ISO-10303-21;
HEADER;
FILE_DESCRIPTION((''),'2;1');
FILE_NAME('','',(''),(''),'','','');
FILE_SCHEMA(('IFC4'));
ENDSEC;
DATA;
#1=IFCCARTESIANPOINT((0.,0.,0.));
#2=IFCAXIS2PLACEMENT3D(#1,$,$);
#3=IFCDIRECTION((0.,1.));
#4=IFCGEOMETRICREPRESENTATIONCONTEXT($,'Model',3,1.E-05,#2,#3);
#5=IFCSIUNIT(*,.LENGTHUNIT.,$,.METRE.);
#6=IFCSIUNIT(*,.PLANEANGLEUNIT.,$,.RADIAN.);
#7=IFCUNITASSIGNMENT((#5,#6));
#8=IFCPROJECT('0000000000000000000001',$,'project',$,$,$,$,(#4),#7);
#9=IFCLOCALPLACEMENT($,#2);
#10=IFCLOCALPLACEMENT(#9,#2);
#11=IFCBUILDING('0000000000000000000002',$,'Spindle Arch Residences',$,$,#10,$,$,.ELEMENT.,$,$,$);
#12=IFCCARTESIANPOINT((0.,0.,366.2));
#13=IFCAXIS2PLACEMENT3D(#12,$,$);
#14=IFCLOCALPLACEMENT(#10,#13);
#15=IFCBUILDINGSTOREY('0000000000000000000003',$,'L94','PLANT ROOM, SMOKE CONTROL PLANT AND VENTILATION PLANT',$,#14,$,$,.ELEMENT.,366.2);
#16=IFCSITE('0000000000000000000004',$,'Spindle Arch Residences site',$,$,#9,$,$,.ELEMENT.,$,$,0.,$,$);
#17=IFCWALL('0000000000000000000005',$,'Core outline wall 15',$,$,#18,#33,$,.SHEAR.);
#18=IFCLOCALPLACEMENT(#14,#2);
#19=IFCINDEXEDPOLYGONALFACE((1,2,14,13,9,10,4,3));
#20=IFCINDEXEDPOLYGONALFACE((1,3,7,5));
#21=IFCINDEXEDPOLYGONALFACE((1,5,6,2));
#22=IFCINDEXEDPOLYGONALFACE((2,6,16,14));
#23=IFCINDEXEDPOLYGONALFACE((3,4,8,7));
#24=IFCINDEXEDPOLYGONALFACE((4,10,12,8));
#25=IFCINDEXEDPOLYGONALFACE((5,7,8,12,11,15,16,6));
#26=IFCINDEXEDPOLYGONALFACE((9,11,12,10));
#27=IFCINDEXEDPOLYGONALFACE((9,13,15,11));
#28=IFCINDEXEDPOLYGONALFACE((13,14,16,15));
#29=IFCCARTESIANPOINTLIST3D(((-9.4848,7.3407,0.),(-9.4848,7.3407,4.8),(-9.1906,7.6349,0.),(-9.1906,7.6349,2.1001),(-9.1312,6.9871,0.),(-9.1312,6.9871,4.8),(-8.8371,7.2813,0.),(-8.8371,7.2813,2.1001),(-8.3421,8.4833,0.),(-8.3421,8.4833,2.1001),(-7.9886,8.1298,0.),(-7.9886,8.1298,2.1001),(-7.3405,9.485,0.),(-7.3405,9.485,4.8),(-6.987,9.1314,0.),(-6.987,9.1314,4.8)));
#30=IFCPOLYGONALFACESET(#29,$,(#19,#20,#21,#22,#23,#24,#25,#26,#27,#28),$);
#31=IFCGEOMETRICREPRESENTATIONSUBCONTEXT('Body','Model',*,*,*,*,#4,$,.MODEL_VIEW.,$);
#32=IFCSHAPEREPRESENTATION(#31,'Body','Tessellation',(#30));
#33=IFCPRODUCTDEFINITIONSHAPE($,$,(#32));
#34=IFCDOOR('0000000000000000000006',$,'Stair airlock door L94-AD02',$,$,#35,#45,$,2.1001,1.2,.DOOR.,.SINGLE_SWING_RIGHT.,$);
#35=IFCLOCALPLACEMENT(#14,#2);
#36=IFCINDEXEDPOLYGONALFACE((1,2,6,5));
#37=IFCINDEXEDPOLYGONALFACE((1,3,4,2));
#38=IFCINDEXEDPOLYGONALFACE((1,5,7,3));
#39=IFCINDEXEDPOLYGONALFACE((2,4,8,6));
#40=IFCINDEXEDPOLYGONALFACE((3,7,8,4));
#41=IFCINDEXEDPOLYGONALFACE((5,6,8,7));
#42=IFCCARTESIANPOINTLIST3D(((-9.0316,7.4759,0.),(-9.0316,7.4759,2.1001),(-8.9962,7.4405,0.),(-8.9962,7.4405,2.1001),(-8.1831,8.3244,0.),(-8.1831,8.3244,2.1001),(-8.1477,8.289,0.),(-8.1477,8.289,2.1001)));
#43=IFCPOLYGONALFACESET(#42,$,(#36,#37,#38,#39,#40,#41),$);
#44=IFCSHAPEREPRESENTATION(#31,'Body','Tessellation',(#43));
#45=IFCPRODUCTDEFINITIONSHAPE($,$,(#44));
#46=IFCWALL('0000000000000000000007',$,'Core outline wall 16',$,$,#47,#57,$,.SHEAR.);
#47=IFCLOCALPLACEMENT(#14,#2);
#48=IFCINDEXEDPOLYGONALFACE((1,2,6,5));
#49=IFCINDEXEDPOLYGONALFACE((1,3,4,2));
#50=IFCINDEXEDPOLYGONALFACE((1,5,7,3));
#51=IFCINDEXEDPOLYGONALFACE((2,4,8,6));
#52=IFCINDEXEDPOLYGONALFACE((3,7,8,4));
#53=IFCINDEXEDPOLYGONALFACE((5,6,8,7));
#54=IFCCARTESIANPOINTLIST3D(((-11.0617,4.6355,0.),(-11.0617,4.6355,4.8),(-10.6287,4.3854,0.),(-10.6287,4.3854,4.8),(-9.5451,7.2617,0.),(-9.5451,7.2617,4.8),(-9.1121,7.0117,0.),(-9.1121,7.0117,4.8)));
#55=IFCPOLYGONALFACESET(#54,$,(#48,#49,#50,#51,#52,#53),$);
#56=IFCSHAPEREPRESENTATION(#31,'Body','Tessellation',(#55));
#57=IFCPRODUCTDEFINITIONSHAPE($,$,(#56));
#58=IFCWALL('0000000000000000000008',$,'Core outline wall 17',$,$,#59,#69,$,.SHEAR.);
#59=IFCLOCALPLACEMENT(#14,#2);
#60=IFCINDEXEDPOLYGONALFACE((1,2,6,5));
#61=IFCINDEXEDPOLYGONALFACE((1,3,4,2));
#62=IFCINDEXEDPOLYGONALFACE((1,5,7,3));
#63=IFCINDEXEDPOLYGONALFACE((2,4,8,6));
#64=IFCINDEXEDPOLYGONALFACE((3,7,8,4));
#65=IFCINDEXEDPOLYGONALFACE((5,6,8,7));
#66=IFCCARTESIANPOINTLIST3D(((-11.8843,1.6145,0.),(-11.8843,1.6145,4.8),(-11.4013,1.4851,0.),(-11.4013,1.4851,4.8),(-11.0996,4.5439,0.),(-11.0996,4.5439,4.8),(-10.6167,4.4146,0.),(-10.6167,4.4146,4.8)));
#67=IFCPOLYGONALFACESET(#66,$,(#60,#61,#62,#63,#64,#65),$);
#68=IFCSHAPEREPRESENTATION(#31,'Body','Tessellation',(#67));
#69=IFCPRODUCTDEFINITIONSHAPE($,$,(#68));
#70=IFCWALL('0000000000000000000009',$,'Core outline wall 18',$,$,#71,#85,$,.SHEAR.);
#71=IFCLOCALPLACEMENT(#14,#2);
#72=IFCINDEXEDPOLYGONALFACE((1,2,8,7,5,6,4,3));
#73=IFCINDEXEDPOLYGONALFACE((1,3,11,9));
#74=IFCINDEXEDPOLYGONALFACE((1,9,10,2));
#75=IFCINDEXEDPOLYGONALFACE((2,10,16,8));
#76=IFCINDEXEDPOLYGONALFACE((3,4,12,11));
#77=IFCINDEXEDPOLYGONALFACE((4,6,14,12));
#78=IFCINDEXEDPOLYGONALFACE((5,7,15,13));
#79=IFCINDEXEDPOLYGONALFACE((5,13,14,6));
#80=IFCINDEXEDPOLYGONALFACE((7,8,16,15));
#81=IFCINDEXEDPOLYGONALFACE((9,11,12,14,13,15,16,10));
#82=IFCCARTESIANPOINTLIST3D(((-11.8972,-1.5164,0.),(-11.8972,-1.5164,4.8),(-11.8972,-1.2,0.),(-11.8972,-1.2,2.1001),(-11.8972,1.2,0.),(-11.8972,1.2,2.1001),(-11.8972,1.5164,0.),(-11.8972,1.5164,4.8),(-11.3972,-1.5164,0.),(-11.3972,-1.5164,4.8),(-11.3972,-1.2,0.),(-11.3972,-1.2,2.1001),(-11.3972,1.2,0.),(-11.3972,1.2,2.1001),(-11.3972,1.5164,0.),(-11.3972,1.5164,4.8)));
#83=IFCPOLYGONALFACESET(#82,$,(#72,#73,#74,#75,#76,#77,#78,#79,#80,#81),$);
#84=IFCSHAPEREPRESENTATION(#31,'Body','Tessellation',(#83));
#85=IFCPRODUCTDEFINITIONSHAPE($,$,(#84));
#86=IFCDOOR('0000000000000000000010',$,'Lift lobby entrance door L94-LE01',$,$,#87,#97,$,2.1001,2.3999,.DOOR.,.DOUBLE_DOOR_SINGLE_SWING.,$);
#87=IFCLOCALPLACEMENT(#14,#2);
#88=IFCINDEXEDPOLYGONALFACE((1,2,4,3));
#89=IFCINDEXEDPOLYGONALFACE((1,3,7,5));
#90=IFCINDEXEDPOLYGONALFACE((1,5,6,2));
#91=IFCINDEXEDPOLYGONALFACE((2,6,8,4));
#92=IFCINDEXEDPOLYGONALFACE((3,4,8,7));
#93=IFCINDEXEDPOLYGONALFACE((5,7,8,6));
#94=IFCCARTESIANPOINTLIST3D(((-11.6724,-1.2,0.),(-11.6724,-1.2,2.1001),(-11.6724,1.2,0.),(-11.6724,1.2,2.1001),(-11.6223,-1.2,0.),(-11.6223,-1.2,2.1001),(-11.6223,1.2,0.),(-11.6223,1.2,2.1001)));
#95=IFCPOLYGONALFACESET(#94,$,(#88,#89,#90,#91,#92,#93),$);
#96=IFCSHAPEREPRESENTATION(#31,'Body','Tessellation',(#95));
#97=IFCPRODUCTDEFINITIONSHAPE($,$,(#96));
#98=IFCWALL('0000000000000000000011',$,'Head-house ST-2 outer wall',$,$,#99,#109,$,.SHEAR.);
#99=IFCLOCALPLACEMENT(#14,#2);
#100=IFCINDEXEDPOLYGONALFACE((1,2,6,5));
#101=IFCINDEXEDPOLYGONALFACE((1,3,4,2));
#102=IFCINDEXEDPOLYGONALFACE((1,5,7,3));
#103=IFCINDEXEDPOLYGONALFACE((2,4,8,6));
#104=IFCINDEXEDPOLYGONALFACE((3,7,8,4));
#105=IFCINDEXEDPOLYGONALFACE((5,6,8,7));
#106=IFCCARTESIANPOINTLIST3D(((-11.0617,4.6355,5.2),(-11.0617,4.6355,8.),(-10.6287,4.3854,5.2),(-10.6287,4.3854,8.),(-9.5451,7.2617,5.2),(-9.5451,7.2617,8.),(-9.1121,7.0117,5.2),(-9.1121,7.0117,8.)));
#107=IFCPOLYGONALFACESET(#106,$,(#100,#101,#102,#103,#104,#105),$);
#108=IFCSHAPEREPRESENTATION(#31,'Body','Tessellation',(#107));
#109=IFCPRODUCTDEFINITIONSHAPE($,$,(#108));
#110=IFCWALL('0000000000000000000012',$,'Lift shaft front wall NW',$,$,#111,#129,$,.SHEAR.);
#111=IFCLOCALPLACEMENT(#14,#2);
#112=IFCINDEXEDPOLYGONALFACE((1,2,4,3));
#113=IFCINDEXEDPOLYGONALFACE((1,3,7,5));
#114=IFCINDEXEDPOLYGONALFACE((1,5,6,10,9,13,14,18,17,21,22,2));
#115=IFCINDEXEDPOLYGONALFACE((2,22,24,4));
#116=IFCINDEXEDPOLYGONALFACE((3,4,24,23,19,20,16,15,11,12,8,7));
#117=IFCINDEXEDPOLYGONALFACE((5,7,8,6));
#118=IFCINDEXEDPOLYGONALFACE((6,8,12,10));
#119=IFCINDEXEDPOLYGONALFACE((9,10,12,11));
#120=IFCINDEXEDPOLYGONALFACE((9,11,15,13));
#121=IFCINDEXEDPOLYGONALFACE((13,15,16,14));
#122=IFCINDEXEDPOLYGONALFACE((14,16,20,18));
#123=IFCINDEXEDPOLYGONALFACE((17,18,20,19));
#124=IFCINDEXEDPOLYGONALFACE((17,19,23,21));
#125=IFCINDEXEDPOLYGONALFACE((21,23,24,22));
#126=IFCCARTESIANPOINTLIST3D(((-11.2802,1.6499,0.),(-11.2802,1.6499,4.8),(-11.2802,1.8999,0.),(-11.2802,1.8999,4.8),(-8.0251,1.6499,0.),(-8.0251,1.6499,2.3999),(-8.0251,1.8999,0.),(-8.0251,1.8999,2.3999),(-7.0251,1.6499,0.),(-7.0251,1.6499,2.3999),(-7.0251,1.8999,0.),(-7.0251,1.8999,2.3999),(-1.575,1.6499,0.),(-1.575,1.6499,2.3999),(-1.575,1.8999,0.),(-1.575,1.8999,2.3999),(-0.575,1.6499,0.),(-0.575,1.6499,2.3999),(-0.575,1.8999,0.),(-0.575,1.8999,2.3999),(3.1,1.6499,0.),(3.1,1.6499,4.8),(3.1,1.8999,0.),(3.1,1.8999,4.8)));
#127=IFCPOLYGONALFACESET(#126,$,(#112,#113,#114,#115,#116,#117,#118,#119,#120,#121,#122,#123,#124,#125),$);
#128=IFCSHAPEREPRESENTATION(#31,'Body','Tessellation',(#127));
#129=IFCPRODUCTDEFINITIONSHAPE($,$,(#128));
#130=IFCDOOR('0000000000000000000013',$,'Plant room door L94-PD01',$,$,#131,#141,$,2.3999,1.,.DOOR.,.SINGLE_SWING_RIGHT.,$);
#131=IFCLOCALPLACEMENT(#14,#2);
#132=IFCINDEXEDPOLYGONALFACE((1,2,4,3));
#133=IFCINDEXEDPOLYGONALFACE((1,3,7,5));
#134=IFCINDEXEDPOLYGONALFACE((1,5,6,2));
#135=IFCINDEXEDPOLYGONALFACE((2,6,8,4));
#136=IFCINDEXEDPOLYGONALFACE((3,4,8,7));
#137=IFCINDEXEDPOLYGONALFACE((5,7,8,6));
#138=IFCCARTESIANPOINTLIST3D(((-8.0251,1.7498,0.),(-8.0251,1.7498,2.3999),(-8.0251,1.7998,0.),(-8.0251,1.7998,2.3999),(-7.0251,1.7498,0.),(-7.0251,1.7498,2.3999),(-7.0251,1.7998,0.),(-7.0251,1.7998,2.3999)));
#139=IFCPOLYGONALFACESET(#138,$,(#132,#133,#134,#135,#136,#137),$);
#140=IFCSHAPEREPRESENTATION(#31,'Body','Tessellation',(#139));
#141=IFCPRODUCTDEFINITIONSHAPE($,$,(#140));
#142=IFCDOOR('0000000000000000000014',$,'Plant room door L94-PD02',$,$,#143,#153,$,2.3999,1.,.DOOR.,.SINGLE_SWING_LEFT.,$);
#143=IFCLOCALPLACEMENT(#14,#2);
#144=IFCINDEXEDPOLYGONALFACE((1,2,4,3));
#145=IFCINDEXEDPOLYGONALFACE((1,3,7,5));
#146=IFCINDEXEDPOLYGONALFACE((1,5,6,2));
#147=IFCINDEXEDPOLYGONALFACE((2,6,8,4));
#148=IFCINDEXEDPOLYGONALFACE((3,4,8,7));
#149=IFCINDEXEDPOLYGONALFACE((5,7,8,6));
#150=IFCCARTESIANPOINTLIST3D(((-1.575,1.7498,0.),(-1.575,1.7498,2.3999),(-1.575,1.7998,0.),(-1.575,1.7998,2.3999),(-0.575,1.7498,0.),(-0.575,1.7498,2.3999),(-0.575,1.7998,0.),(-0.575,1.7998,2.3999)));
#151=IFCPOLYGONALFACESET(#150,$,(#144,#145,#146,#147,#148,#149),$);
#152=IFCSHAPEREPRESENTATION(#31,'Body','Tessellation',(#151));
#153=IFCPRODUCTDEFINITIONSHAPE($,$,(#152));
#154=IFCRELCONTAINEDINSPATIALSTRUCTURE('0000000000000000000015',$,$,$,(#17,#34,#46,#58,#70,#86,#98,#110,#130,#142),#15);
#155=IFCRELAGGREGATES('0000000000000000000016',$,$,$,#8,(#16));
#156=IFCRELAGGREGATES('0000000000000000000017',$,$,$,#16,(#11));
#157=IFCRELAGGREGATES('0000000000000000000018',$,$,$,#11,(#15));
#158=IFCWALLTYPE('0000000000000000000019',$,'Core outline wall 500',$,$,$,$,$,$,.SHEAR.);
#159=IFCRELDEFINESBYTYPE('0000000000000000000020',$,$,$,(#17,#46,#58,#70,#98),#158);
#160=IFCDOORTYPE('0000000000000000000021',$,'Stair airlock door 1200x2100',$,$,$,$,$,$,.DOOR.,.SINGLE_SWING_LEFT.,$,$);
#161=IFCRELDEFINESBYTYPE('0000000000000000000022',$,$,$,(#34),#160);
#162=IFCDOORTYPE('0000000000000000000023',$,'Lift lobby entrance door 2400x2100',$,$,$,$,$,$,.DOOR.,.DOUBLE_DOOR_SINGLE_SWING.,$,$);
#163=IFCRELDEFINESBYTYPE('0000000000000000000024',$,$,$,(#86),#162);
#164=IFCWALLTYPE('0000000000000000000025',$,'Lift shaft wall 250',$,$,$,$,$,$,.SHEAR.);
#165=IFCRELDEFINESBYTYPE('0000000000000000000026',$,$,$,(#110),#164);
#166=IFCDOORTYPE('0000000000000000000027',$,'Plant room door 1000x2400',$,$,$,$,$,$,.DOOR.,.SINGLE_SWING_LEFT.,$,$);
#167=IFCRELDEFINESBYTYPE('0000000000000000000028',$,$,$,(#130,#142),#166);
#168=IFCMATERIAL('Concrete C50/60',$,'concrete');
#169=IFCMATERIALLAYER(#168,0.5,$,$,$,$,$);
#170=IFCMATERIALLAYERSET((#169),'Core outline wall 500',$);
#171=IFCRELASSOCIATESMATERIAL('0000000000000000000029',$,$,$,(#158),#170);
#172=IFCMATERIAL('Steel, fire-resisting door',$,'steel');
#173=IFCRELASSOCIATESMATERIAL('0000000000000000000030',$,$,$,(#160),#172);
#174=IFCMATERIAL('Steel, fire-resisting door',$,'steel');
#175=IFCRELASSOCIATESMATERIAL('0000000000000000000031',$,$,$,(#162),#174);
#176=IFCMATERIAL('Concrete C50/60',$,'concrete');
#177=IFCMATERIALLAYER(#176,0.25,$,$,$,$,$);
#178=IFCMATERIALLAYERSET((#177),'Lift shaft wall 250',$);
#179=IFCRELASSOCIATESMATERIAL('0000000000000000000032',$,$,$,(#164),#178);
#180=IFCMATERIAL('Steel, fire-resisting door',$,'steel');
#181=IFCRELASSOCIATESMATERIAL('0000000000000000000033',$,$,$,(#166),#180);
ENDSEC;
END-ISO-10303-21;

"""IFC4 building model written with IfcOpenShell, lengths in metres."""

from ifc_helpers import new_model, si_unit, direction, frame, frame_2d, origin, place, context, subcontext, project, spatial, rectangle, extrude, material, layer, layer_set, type_object, element, fill, save


model = new_model("IFC4")

# Units and contexts
model_context = context("Model", 3, precision=1e-05, world=origin(), true_north=direction((0.0, 1.0)))
body_context = subcontext(model_context, "Body", "Model", "MODEL_VIEW")
ifc_project = project(units=[si_unit("LENGTHUNIT", "METRE"), si_unit("PLANEANGLEUNIT", "RADIAN")], contexts=[model_context])

# Site, building, storey
site_placement = place(None, origin())
site = spatial("IfcSite", under=ifc_project, at=site_placement, Name="Spindle Arch Residences site", CompositionType="ELEMENT", RefElevation=0.0)
building_placement = place(site_placement, origin())
building = spatial("IfcBuilding", under=site, at=building_placement, Name="Spindle Arch Residences", CompositionType="ELEMENT")
storey_placement = place(building_placement, frame((0.0, 0.0, 366.2)))
storey = spatial("IfcBuildingStorey", under=building, at=storey_placement, Name="L94", Description="PLANT ROOM, SMOKE CONTROL PLANT AND VENTILATION PLANT", CompositionType="ELEMENT", Elevation=366.2)

# Wall, opening, door
ifc_material_1 = material(Name="Concrete C50/60", Category="concrete")
ifc_layer_1 = layer(ifc_material_1, 0.5)
ifc_layer_set_1 = layer_set([ifc_layer_1], Name="Core outline wall 500")
wall_type_1 = type_object("IfcWallType", Name="Core outline wall 500", PredefinedType="SHEAR", material=ifc_layer_set_1)
wall_1_placement = place(storey_placement, frame((-7.1638, 9.3081, 0.0), z_axis=(0.0, 0.0, 1.0), x_axis=(-0.707107, -0.707107, 0.0)))
wall_1 = element("IfcWall", 1, at=wall_1_placement, inside=storey, type_object=wall_type_1, Name="Core outline wall 15", PredefinedType="SHEAR", context=body_context, shape_type="SweptSolid", body=[
    extrude(rectangle(XDim=3.0325, YDim=0.5, at=frame_2d((1.5161, 0.0))), origin(), (0.0, 0.0, 1.0), 4.8),
])
opening_1_placement = place(wall_1_placement, frame((1.4163, 0.0, 0.0)))
opening_1 = element("IfcOpeningElement", 2, at=opening_1_placement, cuts=wall_1, PredefinedType="OPENING", context=body_context, shape_type="SweptSolid", body=[
    extrude(rectangle(XDim=1.2, YDim=2.1001, at=frame_2d((0.6001, 1.05))), frame((0.0, 0.26, 0.0), z_axis=(0.0, -1.0, 0.0), x_axis=(1.0, 0.0, 0.0)), (0.0, 0.0, 1.0), 0.52),
])
ifc_material_2 = material(Name="Steel, fire-resisting door", Category="steel")
door_type_1 = type_object("IfcDoorType", Name="Stair airlock door 1200x2100", OperationType="SINGLE_SWING_LEFT", PredefinedType="DOOR", material=ifc_material_2)
door_1_placement = place(opening_1_placement, origin())
door_1 = element("IfcDoor", 3, at=door_1_placement, inside=storey, type_object=door_type_1, Name="Stair airlock door L94-AD02", OperationType="SINGLE_SWING_RIGHT", OverallHeight=2.1001, OverallWidth=1.2, PredefinedType="DOOR", context=body_context, shape_type="SweptSolid", body=[
    extrude(rectangle(XDim=1.2, YDim=2.1001, at=frame_2d((0.6001, 1.05))), frame((0.0, 0.0249, 0.0), z_axis=(0.0, -1.0, 0.0), x_axis=(1.0, 0.0, 0.0)), (0.0, 0.0, 1.0), 0.05),
])
fill(opening_1, door_1)

# Walls
for number, where, z_axis, x_axis, name in (
    (4, (-9.3286, 7.1367, 0.0), (0.0, 0.0, 1.0), (-0.500087, -0.865975, 0.0), "Core outline wall 16"),
    (5, (-10.8582, 4.4792, 0.0), (0.0, 0.0, 1.0), (-0.258735, -0.965948, 0.0), "Core outline wall 17"),
):
    element("IfcWall", number, at=place(storey_placement, frame(where, z_axis=z_axis, x_axis=x_axis)), inside=storey, type_object=wall_type_1, Name=name, PredefinedType="SHEAR", context=body_context, shape_type="SweptSolid", body=[
        extrude(rectangle(XDim=3.0327, YDim=0.5, at=frame_2d((1.5164, 0.0))), origin(), (0.0, 0.0, 1.0), 4.8),
    ])

# Wall, opening, door
wall_2_placement = place(storey_placement, frame((-11.6472, 1.5164, 0.0), z_axis=(0.0, 0.0, 1.0), x_axis=(0.0, -1.0, 0.0)))
wall_2 = element("IfcWall", 6, at=wall_2_placement, inside=storey, type_object=wall_type_1, Name="Core outline wall 18", PredefinedType="SHEAR", context=body_context, shape_type="SweptSolid", body=[
    extrude(rectangle(XDim=3.0327, YDim=0.5, at=frame_2d((1.5164, 0.0))), origin(), (0.0, 0.0, 1.0), 4.8),
])
opening_2_placement = place(wall_2_placement, frame((0.3164, 0.0, 0.0)))
opening_2 = element("IfcOpeningElement", 7, at=opening_2_placement, cuts=wall_2, PredefinedType="OPENING", context=body_context, shape_type="SweptSolid", body=[
    extrude(rectangle(XDim=2.3999, YDim=2.1001, at=frame_2d((1.2, 1.05))), frame((0.0, 0.26, 0.0), z_axis=(0.0, -1.0, 0.0), x_axis=(1.0, 0.0, 0.0)), (0.0, 0.0, 1.0), 0.52),
])
ifc_material_3 = material(Name="Steel, fire-resisting door", Category="steel")
door_type_2 = type_object("IfcDoorType", Name="Lift lobby entrance door 2400x2100", OperationType="DOUBLE_DOOR_SINGLE_SWING", PredefinedType="DOOR", material=ifc_material_3)
door_2_placement = place(opening_2_placement, origin())
door_2 = element("IfcDoor", 8, at=door_2_placement, inside=storey, type_object=door_type_2, Name="Lift lobby entrance door L94-LE01", OperationType="DOUBLE_DOOR_SINGLE_SWING", OverallHeight=2.1001, OverallWidth=2.3999, PredefinedType="DOOR", context=body_context, shape_type="SweptSolid", body=[
    extrude(rectangle(XDim=2.3999, YDim=2.1001, at=frame_2d((1.2, 1.05))), frame((0.0, 0.0249, 0.0), z_axis=(0.0, -1.0, 0.0), x_axis=(1.0, 0.0, 0.0)), (0.0, 0.0, 1.0), 0.05),
])
fill(opening_2, door_2)

# Wall
wall_3_placement = place(storey_placement, frame((-9.3286, 7.1367, 5.2), z_axis=(0.0, 0.0, 1.0), x_axis=(-0.500087, -0.865975, 0.0)))
element("IfcWall", 9, at=wall_3_placement, inside=storey, type_object=wall_type_1, Name="Head-house ST-2 outer wall", PredefinedType="SHEAR", context=body_context, shape_type="SweptSolid", body=[
    extrude(rectangle(XDim=3.0327, YDim=0.5, at=frame_2d((1.5164, 0.0))), origin(), (0.0, 0.0, 1.0), 2.8),
])

# Wall, openings, doors
ifc_material_4 = material(Name="Concrete C50/60", Category="concrete")
ifc_layer_2 = layer(ifc_material_4, 0.25)
ifc_layer_set_2 = layer_set([ifc_layer_2], Name="Lift shaft wall 250")
wall_type_2 = type_object("IfcWallType", Name="Lift shaft wall 250", PredefinedType="SHEAR", material=ifc_layer_set_2)
wall_4_placement = place(storey_placement, frame((-11.28, 1.7749, 0.0), z_axis=(0.0, 0.0, 1.0), x_axis=(1.0, 0.0, 0.0)))
wall_4 = element("IfcWall", 10, at=wall_4_placement, inside=storey, type_object=wall_type_2, Name="Lift shaft front wall NW", PredefinedType="SHEAR", context=body_context, shape_type="SweptSolid", body=[
    extrude(rectangle(XDim=14.3801, YDim=0.25, at=frame_2d((7.1899, 0.0))), origin(), (0.0, 0.0, 1.0), 4.8),
])
opening_3_placement = place(wall_4_placement, frame((3.2549, 0.0, 0.0)))
opening_3 = element("IfcOpeningElement", 11, at=opening_3_placement, cuts=wall_4, PredefinedType="OPENING", context=body_context, shape_type="SweptSolid", body=[
    extrude(rectangle(XDim=1.0, YDim=2.3999, at=frame_2d((0.5, 1.2))), frame((0.0, 0.135, 0.0), z_axis=(0.0, -1.0, 0.0), x_axis=(1.0, 0.0, 0.0)), (0.0, 0.0, 1.0), 0.27),
])
opening_4_placement = place(wall_4_placement, frame((9.7051, 0.0, 0.0)))
opening_4 = element("IfcOpeningElement", 12, at=opening_4_placement, cuts=wall_4, PredefinedType="OPENING", context=body_context, shape_type="SweptSolid", body=[
    extrude(rectangle(XDim=1.0, YDim=2.3999, at=frame_2d((0.5, 1.2))), frame((0.0, 0.135, 0.0), z_axis=(0.0, -1.0, 0.0), x_axis=(1.0, 0.0, 0.0)), (0.0, 0.0, 1.0), 0.27),
])
ifc_material_5 = material(Name="Steel, fire-resisting door", Category="steel")
door_type_3 = type_object("IfcDoorType", Name="Plant room door 1000x2400", OperationType="SINGLE_SWING_LEFT", PredefinedType="DOOR", material=ifc_material_5)
door_3_placement = place(opening_3_placement, origin())
door_3 = element("IfcDoor", 13, at=door_3_placement, inside=storey, type_object=door_type_3, Name="Plant room door L94-PD01", OperationType="SINGLE_SWING_RIGHT", OverallHeight=2.3999, OverallWidth=1.0, PredefinedType="DOOR", context=body_context, shape_type="SweptSolid", body=[
    extrude(rectangle(XDim=1.0, YDim=2.3999, at=frame_2d((0.5, 1.2))), frame((0.0, 0.0249, 0.0), z_axis=(0.0, -1.0, 0.0), x_axis=(1.0, 0.0, 0.0)), (0.0, 0.0, 1.0), 0.05),
])
fill(opening_3, door_3)
door_4_placement = place(opening_4_placement, origin())
door_4 = element("IfcDoor", 14, at=door_4_placement, inside=storey, type_object=door_type_3, Name="Plant room door L94-PD02", OperationType="SINGLE_SWING_LEFT", OverallHeight=2.3999, OverallWidth=1.0, PredefinedType="DOOR", context=body_context, shape_type="SweptSolid", body=[
    extrude(rectangle(XDim=1.0, YDim=2.3999, at=frame_2d((0.5, 1.2))), frame((0.0, 0.0249, 0.0), z_axis=(0.0, -1.0, 0.0), x_axis=(1.0, 0.0, 0.0)), (0.0, 0.0, 1.0), 0.05),
])
fill(opening_4, door_4)

save(model, "model.ifc")
